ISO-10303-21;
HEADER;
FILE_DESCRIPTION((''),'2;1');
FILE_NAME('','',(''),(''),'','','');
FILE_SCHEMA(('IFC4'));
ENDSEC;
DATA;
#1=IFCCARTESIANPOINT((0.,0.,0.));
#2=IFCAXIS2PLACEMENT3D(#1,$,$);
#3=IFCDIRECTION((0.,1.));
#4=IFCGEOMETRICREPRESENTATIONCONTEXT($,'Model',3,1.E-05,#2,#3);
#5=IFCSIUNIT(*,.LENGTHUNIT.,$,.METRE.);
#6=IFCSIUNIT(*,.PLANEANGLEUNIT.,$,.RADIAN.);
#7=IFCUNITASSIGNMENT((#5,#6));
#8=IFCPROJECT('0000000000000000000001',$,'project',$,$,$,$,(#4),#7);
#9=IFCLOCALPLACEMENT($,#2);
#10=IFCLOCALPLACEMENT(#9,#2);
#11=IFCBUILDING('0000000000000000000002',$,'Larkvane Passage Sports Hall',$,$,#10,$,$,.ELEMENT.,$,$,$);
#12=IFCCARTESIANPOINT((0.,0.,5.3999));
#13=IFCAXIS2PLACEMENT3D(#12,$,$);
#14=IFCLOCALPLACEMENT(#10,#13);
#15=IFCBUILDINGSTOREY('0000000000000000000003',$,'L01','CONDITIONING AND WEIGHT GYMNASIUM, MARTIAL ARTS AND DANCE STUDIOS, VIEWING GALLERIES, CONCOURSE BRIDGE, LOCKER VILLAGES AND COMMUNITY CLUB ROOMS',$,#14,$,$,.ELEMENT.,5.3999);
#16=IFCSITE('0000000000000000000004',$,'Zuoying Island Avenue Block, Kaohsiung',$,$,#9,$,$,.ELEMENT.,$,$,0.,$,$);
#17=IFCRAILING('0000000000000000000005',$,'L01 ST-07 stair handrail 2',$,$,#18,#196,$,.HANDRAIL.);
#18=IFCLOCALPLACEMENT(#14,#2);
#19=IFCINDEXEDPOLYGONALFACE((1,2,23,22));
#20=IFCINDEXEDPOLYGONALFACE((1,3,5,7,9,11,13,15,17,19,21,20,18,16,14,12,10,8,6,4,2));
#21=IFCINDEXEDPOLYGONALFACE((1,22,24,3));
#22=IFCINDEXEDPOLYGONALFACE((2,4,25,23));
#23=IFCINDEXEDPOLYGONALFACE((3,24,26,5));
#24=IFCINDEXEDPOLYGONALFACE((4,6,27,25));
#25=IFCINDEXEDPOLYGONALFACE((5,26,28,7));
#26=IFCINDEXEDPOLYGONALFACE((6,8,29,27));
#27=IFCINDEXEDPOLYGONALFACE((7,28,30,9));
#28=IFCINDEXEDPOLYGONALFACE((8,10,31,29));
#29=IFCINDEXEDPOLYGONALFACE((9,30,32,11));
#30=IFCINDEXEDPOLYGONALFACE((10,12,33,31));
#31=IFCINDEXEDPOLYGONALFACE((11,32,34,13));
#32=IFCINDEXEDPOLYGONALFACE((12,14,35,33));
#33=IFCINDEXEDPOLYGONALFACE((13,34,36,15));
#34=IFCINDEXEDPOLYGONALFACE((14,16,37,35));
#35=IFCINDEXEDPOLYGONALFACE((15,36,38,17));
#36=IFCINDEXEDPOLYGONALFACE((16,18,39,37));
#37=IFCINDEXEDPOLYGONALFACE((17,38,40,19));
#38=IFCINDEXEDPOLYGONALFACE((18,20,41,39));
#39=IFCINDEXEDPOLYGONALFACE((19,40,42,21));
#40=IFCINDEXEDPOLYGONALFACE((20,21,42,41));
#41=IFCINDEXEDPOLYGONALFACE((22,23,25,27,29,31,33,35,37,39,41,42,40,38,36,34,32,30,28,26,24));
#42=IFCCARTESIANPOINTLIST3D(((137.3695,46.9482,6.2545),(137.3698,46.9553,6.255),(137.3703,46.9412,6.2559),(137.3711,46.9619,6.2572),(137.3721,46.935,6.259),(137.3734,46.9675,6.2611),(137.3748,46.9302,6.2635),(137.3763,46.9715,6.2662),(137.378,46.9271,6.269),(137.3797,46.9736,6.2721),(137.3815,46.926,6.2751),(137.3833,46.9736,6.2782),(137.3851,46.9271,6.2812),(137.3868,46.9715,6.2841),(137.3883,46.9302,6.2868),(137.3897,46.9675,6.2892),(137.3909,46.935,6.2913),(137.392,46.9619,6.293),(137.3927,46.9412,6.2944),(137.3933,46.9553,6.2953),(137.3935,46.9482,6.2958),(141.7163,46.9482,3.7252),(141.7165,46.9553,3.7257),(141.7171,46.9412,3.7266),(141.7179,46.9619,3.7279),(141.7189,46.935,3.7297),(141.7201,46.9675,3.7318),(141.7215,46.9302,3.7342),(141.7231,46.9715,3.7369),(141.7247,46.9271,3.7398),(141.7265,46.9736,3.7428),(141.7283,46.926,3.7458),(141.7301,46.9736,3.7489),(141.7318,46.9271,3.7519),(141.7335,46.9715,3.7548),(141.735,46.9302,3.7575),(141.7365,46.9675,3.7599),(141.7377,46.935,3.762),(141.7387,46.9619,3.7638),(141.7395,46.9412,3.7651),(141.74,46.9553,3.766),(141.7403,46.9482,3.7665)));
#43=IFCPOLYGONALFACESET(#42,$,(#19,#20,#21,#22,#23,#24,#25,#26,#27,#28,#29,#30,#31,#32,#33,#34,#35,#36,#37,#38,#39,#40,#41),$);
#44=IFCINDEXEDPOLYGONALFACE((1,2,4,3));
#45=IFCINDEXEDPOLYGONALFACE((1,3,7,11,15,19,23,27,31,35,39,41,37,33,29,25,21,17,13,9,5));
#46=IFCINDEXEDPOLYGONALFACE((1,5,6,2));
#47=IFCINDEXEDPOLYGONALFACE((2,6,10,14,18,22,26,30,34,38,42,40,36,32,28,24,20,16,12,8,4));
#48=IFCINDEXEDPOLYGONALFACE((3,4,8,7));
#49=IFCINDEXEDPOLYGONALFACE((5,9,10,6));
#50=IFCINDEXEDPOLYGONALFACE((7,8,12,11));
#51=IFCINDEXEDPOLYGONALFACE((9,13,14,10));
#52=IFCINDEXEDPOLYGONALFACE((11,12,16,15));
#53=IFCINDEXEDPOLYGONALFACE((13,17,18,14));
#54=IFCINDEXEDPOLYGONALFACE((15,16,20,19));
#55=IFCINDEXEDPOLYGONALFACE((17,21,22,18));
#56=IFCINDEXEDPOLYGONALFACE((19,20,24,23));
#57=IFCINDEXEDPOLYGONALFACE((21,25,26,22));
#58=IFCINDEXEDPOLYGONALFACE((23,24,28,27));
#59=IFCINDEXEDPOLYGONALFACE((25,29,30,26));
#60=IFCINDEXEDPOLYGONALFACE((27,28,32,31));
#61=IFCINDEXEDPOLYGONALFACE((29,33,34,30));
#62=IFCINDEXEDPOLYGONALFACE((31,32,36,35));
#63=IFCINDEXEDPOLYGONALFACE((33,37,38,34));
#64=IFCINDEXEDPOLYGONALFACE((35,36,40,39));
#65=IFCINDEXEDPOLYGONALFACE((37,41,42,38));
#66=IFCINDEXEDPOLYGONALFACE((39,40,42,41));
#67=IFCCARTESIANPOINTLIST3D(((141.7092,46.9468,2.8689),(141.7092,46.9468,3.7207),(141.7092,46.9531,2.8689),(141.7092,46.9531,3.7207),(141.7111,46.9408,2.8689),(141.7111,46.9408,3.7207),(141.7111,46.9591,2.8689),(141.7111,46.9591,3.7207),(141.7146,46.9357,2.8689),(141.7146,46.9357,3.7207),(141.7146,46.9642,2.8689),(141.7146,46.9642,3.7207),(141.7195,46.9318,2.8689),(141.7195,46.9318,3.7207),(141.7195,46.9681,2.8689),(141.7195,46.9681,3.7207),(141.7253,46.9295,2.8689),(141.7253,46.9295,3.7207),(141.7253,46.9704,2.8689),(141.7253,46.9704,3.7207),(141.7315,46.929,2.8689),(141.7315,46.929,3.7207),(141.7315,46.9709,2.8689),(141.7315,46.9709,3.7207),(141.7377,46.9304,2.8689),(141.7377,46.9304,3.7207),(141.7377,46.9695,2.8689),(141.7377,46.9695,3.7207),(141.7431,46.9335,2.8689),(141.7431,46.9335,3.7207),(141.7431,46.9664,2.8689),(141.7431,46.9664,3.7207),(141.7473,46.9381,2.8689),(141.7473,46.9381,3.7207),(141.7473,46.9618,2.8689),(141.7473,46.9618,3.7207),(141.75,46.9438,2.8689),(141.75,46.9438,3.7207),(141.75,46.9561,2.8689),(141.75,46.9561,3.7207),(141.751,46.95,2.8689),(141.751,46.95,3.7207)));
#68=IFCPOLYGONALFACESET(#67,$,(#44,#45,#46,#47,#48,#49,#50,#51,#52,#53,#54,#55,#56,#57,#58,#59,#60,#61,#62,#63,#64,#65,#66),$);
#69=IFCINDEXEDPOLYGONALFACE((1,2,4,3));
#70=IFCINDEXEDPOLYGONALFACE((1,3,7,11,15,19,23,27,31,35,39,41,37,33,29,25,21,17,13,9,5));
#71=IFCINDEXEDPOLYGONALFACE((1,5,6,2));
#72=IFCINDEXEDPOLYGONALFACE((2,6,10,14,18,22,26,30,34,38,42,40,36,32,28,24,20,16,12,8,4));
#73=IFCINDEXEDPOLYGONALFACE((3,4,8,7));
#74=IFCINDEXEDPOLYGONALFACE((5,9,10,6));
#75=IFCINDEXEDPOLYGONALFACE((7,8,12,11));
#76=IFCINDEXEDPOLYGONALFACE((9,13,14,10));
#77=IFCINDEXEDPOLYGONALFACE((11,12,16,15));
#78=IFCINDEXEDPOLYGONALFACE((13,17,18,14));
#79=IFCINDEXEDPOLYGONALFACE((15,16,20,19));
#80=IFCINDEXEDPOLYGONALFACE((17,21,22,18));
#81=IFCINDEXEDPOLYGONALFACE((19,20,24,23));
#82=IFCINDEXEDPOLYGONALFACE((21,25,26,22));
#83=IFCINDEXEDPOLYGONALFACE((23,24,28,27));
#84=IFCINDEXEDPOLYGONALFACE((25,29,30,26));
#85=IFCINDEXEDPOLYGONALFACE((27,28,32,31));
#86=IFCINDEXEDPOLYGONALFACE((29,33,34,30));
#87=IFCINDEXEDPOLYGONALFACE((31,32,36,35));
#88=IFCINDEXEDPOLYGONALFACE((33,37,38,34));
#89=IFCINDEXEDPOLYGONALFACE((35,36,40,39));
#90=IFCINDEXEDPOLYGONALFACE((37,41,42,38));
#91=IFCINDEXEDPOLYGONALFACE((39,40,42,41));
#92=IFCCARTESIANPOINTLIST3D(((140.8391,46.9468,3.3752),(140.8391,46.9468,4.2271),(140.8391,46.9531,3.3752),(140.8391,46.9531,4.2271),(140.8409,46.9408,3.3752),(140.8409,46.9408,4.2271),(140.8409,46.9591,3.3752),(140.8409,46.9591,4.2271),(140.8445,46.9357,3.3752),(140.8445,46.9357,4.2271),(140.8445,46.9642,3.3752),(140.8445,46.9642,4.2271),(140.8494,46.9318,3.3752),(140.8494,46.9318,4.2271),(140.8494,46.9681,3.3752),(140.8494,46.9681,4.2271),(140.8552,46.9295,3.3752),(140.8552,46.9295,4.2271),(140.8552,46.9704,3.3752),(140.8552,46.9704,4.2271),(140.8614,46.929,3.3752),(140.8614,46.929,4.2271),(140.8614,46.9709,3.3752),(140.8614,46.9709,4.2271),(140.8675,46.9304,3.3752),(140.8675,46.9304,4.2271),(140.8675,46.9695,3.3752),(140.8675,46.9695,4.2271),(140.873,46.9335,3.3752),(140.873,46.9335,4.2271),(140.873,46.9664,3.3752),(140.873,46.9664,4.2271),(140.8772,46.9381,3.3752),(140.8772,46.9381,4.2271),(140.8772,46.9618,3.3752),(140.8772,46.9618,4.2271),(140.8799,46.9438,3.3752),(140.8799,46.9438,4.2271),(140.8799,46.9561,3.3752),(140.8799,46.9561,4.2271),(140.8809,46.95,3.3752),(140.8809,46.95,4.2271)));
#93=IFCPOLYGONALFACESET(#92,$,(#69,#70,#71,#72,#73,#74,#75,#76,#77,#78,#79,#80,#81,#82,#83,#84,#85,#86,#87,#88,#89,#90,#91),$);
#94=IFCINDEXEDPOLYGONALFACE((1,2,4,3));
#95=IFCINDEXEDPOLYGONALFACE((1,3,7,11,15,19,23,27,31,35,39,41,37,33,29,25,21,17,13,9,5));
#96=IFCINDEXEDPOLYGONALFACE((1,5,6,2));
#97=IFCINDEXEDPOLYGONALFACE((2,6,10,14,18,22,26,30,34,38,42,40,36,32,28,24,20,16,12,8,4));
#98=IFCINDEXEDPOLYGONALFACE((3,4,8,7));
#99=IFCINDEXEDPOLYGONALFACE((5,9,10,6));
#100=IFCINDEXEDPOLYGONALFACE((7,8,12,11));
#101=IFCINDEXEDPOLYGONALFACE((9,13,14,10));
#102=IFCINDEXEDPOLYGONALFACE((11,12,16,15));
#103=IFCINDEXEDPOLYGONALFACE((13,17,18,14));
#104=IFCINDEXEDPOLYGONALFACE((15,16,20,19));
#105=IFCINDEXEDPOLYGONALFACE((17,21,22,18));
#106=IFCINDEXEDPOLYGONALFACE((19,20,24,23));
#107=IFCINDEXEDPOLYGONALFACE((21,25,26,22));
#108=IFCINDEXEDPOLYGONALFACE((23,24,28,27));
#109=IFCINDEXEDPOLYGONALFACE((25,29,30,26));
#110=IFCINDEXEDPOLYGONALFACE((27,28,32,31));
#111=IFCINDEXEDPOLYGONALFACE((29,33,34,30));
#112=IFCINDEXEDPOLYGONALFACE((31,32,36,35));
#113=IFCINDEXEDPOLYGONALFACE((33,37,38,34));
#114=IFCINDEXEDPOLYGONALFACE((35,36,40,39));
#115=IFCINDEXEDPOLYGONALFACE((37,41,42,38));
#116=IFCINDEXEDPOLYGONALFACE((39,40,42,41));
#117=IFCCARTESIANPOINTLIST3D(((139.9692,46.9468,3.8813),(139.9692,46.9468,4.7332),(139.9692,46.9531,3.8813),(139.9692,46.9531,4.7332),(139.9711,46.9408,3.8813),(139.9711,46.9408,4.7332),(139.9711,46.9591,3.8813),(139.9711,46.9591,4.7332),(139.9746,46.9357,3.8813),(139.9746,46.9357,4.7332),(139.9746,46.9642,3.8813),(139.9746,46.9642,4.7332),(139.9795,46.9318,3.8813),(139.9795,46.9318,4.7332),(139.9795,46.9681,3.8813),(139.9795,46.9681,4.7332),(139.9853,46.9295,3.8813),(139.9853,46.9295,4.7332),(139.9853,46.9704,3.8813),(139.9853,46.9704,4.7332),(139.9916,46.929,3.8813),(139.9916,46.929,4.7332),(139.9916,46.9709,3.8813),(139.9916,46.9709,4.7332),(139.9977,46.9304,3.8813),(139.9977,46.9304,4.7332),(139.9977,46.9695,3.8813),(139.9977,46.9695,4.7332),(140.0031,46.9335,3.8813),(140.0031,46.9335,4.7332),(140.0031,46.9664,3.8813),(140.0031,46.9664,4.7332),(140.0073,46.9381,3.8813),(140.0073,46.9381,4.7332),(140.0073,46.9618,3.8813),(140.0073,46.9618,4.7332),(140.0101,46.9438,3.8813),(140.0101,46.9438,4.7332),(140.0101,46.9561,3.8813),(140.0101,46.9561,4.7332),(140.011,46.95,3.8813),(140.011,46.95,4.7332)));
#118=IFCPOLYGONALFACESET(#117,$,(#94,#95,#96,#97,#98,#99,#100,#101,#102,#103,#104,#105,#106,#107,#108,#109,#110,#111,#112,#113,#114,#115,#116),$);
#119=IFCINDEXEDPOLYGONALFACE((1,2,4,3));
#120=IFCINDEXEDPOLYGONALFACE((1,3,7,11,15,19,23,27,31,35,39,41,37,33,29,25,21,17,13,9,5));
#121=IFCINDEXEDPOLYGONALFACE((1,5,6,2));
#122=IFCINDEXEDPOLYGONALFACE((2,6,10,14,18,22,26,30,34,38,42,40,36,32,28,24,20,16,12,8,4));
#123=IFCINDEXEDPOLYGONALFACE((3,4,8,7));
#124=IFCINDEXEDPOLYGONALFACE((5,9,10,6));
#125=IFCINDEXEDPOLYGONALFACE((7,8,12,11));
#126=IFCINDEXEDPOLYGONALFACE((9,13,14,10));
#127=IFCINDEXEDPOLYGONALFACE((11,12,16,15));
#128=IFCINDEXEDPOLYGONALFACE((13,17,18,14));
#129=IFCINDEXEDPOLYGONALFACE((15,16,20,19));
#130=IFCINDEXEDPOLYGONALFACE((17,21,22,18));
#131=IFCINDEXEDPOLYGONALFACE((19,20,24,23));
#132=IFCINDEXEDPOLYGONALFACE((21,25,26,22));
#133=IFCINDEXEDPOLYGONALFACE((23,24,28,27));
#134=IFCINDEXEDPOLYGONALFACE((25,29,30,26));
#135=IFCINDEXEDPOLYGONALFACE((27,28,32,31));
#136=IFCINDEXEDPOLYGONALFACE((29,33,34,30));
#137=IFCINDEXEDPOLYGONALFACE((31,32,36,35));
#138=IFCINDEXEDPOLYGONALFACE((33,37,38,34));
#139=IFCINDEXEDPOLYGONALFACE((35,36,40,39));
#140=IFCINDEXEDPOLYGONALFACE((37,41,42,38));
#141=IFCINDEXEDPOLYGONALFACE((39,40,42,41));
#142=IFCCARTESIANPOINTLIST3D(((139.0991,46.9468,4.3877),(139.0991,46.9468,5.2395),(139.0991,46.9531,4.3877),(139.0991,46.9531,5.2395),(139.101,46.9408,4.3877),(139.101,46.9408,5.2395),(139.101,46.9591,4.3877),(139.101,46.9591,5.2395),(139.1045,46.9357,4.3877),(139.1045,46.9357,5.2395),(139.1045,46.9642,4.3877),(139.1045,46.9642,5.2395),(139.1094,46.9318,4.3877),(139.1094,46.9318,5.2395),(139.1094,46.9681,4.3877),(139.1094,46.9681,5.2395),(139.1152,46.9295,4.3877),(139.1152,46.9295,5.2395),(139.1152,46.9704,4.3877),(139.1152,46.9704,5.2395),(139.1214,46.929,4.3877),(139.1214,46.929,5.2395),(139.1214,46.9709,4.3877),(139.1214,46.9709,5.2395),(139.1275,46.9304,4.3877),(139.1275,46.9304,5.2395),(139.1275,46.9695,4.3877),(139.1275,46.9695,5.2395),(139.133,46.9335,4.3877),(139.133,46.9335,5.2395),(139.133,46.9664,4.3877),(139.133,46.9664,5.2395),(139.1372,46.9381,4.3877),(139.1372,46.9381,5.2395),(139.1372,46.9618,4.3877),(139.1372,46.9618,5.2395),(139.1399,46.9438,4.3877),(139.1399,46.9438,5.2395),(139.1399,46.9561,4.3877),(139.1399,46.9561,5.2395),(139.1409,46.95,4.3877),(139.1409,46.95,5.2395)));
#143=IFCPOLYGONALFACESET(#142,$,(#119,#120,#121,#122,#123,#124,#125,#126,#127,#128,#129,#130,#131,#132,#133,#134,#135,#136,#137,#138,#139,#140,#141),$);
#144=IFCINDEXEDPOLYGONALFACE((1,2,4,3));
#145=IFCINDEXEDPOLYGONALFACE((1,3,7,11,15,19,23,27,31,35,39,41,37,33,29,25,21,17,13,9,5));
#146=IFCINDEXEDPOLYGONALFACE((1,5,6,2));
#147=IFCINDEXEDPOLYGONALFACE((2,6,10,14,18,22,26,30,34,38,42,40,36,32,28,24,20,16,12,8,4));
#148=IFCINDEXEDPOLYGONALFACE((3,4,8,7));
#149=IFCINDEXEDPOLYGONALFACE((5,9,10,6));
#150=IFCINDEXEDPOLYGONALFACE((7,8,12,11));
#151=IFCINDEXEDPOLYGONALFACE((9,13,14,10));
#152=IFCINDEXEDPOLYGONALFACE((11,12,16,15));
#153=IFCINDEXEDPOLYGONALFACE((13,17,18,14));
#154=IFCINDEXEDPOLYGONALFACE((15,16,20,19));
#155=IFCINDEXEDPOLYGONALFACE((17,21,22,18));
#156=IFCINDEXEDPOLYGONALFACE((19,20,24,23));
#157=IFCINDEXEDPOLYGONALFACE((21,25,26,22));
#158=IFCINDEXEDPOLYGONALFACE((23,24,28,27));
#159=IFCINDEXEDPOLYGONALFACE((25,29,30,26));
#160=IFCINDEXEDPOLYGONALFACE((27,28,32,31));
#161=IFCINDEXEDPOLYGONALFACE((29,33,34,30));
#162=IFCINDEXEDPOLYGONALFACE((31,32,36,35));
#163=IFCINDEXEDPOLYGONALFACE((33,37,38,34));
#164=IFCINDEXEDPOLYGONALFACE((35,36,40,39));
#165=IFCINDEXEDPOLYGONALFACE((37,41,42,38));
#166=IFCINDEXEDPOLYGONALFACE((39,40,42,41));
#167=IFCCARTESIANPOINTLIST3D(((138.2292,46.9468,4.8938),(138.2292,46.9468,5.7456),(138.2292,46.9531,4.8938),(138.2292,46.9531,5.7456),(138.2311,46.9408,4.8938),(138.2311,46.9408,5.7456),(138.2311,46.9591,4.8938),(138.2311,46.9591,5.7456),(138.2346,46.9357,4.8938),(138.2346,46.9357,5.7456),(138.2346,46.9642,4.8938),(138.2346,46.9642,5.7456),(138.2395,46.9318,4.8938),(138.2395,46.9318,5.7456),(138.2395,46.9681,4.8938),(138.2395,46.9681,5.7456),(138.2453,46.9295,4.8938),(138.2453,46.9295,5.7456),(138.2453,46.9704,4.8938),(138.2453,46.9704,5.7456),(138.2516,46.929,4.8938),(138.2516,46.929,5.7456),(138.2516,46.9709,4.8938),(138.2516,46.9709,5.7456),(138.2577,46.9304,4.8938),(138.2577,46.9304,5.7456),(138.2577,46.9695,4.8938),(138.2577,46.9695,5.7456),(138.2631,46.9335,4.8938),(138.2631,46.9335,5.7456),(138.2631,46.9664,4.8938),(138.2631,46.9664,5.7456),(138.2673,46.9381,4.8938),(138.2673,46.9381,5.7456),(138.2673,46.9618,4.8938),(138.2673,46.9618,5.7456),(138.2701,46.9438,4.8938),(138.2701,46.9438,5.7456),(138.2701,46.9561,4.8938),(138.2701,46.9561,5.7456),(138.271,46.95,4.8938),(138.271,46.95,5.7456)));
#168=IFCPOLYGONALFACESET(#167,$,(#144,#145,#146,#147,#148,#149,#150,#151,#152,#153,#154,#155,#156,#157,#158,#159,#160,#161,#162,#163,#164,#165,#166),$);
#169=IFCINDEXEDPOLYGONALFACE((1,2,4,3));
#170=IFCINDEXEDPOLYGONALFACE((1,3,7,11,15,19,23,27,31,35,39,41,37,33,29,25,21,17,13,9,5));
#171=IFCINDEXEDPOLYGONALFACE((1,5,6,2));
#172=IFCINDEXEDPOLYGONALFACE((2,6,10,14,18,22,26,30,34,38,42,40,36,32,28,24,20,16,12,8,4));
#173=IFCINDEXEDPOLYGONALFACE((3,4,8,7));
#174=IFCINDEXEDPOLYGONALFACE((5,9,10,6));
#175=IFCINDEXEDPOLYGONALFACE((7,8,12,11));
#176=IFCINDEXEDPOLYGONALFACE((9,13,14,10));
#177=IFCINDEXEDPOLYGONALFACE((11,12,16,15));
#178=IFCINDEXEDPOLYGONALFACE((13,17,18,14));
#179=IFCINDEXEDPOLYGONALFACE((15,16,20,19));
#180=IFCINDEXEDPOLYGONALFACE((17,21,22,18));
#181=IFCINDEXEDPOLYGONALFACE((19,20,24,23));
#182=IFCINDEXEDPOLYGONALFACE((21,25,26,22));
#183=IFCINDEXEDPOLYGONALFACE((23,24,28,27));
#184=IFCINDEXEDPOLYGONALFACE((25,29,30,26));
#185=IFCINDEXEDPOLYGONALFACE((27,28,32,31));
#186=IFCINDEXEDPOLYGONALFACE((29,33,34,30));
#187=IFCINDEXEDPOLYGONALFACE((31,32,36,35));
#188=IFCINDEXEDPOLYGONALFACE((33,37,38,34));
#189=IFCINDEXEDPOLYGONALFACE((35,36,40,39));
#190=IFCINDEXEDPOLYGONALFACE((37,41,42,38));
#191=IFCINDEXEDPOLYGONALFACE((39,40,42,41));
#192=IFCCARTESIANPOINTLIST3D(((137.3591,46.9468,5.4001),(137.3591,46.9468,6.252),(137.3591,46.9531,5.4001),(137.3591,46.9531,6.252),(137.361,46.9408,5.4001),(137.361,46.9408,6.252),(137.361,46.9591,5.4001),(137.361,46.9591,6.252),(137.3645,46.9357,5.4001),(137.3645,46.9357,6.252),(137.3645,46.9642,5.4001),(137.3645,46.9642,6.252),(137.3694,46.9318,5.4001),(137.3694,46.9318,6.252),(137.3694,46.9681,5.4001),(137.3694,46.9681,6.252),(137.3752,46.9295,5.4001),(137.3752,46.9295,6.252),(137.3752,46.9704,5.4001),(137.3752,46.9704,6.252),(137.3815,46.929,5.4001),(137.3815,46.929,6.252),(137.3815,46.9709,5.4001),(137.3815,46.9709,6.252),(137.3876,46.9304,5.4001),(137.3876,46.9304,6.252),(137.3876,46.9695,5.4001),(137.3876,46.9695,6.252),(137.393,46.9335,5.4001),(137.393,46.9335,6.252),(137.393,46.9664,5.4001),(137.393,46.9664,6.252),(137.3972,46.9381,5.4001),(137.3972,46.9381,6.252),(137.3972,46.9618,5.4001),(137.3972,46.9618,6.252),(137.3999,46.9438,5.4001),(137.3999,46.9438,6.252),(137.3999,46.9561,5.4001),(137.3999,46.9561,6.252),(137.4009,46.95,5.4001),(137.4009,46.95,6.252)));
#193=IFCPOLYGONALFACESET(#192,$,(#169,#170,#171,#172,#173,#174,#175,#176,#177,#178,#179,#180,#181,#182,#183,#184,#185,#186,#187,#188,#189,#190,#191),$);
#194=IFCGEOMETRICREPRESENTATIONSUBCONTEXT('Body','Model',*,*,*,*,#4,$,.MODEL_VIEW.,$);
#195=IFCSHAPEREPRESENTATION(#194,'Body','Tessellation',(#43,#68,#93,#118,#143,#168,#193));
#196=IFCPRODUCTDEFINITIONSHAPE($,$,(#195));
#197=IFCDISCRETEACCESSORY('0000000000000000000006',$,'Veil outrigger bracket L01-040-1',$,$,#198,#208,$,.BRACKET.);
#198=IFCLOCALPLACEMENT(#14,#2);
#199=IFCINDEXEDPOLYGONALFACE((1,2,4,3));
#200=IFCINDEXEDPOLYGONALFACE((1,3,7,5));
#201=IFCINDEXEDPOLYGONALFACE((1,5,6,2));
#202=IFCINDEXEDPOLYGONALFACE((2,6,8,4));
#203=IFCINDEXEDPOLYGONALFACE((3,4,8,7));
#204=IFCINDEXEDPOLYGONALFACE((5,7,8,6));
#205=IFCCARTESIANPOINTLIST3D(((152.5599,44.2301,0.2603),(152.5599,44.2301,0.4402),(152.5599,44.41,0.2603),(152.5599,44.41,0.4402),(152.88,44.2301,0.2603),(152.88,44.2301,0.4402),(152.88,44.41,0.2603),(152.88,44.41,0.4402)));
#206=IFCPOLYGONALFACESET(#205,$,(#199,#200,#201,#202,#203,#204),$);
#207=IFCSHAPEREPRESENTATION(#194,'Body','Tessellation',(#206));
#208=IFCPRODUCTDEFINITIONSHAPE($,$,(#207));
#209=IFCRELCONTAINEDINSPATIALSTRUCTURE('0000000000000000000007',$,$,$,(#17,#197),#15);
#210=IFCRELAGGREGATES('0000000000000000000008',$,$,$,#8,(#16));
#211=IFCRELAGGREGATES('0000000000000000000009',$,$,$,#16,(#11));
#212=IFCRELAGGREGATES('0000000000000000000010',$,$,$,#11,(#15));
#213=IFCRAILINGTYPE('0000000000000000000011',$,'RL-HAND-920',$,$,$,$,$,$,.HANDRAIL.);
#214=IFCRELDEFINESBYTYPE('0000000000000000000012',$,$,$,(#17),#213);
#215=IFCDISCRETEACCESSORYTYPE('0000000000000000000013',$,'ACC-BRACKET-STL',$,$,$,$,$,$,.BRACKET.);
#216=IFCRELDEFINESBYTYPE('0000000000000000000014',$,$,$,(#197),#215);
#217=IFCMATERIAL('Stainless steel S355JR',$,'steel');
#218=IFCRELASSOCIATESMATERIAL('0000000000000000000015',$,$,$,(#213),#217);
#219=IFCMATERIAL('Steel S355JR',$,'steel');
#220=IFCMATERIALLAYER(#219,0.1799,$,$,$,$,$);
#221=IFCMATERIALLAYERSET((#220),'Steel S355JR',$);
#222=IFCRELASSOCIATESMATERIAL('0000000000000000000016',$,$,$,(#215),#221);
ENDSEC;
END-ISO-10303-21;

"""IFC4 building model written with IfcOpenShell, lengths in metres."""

from ifc_helpers import new_model, si_unit, direction, frame, origin, origin_2d, place, context, subcontext, project, spatial, rectangle, circle, extrude, material, layer, layer_set, type_object, element, save


model = new_model("IFC4")

# Units and contexts
model_context = context("Model", 3, precision=1e-05, world=origin(), true_north=direction((0.0, 1.0)))
body_context = subcontext(model_context, "Body", "Model", "MODEL_VIEW")
ifc_project = project(units=[si_unit("LENGTHUNIT", "METRE"), si_unit("PLANEANGLEUNIT", "RADIAN")], contexts=[model_context])

# Site, building, storey
site_placement = place(None, origin())
site = spatial("IfcSite", under=ifc_project, at=site_placement, Name="Zuoying Island Avenue Block, Kaohsiung", CompositionType="ELEMENT", RefElevation=0.0)
building_placement = place(site_placement, origin())
building = spatial("IfcBuilding", under=site, at=building_placement, Name="Larkvane Passage Sports Hall", CompositionType="ELEMENT")
storey_placement = place(building_placement, frame((0.0, 0.0, 5.3999)))
storey = spatial("IfcBuildingStorey", under=building, at=storey_placement, Name="L01", Description="CONDITIONING AND WEIGHT GYMNASIUM, MARTIAL ARTS AND DANCE STUDIOS, VIEWING GALLERIES, CONCOURSE BRIDGE, LOCKER VILLAGES AND COMMUNITY CLUB ROOMS", CompositionType="ELEMENT", Elevation=5.3999)

# Shared definitions
ifc_material_1 = material(Name="Steel S355JR", Category="steel")

# Railing
ifc_material_2 = material(Name="Stainless steel S355JR", Category="steel")
railing_type_1 = type_object("IfcRailingType", Name="RL-HAND-920", PredefinedType="HANDRAIL", material=ifc_material_2)
railing_1_placement = place(storey_placement, frame((141.73, 46.95, 2.8689)))
element("IfcRailing", 1, at=railing_1_placement, inside=storey, type_object=railing_type_1, Name="L01 ST-07 stair handrail 2", PredefinedType="HANDRAIL", context=body_context, shape_type="SweptSolid", body=[
    extrude(circle(Radius=0.0239, at=origin_2d()), frame((-0.0017, 0.0, 0.877), z_axis=(-0.864324, 0.0, 0.502936), x_axis=(0.0, -1.0, 0.0)), (0.0, 0.0, 1.0), 5.0291),
    extrude(circle(Radius=0.021, at=origin_2d()), origin(), (0.0, 0.0, 1.0), 0.8518),
    extrude(circle(Radius=0.021, at=origin_2d()), frame((-0.8701, 0.0, 0.5063)), (0.0, 0.0, 1.0), 0.8518),
    extrude(circle(Radius=0.021, at=origin_2d()), frame((-1.74, 0.0, 1.0125)), (0.0, 0.0, 1.0), 0.8518),
    extrude(circle(Radius=0.021, at=origin_2d()), frame((-2.6101, 0.0, 1.5188)), (0.0, 0.0, 1.0), 0.8518),
    extrude(circle(Radius=0.021, at=origin_2d()), frame((-3.48, 0.0, 2.0249)), (0.0, 0.0, 1.0), 0.8518),
    extrude(circle(Radius=0.021, at=origin_2d()), frame((-4.3501, 0.0, 2.5312)), (0.0, 0.0, 1.0), 0.8518),
])

# Discrete accessory
ifc_layer_1 = layer(ifc_material_1, 0.1799)
ifc_layer_set_1 = layer_set([ifc_layer_1], Name="Steel S355JR")
discrete_accessory_type = type_object("IfcDiscreteAccessoryType", Name="ACC-BRACKET-STL", PredefinedType="BRACKET", material=ifc_layer_set_1)
discrete_accessory_placement = place(storey_placement, frame((152.72, 44.3201, 0.2603), z_axis=(0.0, 0.0, 1.0), x_axis=(0.0, -1.0, 0.0)))
element("IfcDiscreteAccessory", 2, at=discrete_accessory_placement, inside=storey, type_object=discrete_accessory_type, Name="Veil outrigger bracket L01-040-1", PredefinedType="BRACKET", context=body_context, shape_type="SweptSolid", body=[
    extrude(rectangle(XDim=0.1799, YDim=0.3201, at=origin_2d()), origin(), (0.0, 0.0, 1.0), 0.1799),
])

save(model, "model.ifc")
